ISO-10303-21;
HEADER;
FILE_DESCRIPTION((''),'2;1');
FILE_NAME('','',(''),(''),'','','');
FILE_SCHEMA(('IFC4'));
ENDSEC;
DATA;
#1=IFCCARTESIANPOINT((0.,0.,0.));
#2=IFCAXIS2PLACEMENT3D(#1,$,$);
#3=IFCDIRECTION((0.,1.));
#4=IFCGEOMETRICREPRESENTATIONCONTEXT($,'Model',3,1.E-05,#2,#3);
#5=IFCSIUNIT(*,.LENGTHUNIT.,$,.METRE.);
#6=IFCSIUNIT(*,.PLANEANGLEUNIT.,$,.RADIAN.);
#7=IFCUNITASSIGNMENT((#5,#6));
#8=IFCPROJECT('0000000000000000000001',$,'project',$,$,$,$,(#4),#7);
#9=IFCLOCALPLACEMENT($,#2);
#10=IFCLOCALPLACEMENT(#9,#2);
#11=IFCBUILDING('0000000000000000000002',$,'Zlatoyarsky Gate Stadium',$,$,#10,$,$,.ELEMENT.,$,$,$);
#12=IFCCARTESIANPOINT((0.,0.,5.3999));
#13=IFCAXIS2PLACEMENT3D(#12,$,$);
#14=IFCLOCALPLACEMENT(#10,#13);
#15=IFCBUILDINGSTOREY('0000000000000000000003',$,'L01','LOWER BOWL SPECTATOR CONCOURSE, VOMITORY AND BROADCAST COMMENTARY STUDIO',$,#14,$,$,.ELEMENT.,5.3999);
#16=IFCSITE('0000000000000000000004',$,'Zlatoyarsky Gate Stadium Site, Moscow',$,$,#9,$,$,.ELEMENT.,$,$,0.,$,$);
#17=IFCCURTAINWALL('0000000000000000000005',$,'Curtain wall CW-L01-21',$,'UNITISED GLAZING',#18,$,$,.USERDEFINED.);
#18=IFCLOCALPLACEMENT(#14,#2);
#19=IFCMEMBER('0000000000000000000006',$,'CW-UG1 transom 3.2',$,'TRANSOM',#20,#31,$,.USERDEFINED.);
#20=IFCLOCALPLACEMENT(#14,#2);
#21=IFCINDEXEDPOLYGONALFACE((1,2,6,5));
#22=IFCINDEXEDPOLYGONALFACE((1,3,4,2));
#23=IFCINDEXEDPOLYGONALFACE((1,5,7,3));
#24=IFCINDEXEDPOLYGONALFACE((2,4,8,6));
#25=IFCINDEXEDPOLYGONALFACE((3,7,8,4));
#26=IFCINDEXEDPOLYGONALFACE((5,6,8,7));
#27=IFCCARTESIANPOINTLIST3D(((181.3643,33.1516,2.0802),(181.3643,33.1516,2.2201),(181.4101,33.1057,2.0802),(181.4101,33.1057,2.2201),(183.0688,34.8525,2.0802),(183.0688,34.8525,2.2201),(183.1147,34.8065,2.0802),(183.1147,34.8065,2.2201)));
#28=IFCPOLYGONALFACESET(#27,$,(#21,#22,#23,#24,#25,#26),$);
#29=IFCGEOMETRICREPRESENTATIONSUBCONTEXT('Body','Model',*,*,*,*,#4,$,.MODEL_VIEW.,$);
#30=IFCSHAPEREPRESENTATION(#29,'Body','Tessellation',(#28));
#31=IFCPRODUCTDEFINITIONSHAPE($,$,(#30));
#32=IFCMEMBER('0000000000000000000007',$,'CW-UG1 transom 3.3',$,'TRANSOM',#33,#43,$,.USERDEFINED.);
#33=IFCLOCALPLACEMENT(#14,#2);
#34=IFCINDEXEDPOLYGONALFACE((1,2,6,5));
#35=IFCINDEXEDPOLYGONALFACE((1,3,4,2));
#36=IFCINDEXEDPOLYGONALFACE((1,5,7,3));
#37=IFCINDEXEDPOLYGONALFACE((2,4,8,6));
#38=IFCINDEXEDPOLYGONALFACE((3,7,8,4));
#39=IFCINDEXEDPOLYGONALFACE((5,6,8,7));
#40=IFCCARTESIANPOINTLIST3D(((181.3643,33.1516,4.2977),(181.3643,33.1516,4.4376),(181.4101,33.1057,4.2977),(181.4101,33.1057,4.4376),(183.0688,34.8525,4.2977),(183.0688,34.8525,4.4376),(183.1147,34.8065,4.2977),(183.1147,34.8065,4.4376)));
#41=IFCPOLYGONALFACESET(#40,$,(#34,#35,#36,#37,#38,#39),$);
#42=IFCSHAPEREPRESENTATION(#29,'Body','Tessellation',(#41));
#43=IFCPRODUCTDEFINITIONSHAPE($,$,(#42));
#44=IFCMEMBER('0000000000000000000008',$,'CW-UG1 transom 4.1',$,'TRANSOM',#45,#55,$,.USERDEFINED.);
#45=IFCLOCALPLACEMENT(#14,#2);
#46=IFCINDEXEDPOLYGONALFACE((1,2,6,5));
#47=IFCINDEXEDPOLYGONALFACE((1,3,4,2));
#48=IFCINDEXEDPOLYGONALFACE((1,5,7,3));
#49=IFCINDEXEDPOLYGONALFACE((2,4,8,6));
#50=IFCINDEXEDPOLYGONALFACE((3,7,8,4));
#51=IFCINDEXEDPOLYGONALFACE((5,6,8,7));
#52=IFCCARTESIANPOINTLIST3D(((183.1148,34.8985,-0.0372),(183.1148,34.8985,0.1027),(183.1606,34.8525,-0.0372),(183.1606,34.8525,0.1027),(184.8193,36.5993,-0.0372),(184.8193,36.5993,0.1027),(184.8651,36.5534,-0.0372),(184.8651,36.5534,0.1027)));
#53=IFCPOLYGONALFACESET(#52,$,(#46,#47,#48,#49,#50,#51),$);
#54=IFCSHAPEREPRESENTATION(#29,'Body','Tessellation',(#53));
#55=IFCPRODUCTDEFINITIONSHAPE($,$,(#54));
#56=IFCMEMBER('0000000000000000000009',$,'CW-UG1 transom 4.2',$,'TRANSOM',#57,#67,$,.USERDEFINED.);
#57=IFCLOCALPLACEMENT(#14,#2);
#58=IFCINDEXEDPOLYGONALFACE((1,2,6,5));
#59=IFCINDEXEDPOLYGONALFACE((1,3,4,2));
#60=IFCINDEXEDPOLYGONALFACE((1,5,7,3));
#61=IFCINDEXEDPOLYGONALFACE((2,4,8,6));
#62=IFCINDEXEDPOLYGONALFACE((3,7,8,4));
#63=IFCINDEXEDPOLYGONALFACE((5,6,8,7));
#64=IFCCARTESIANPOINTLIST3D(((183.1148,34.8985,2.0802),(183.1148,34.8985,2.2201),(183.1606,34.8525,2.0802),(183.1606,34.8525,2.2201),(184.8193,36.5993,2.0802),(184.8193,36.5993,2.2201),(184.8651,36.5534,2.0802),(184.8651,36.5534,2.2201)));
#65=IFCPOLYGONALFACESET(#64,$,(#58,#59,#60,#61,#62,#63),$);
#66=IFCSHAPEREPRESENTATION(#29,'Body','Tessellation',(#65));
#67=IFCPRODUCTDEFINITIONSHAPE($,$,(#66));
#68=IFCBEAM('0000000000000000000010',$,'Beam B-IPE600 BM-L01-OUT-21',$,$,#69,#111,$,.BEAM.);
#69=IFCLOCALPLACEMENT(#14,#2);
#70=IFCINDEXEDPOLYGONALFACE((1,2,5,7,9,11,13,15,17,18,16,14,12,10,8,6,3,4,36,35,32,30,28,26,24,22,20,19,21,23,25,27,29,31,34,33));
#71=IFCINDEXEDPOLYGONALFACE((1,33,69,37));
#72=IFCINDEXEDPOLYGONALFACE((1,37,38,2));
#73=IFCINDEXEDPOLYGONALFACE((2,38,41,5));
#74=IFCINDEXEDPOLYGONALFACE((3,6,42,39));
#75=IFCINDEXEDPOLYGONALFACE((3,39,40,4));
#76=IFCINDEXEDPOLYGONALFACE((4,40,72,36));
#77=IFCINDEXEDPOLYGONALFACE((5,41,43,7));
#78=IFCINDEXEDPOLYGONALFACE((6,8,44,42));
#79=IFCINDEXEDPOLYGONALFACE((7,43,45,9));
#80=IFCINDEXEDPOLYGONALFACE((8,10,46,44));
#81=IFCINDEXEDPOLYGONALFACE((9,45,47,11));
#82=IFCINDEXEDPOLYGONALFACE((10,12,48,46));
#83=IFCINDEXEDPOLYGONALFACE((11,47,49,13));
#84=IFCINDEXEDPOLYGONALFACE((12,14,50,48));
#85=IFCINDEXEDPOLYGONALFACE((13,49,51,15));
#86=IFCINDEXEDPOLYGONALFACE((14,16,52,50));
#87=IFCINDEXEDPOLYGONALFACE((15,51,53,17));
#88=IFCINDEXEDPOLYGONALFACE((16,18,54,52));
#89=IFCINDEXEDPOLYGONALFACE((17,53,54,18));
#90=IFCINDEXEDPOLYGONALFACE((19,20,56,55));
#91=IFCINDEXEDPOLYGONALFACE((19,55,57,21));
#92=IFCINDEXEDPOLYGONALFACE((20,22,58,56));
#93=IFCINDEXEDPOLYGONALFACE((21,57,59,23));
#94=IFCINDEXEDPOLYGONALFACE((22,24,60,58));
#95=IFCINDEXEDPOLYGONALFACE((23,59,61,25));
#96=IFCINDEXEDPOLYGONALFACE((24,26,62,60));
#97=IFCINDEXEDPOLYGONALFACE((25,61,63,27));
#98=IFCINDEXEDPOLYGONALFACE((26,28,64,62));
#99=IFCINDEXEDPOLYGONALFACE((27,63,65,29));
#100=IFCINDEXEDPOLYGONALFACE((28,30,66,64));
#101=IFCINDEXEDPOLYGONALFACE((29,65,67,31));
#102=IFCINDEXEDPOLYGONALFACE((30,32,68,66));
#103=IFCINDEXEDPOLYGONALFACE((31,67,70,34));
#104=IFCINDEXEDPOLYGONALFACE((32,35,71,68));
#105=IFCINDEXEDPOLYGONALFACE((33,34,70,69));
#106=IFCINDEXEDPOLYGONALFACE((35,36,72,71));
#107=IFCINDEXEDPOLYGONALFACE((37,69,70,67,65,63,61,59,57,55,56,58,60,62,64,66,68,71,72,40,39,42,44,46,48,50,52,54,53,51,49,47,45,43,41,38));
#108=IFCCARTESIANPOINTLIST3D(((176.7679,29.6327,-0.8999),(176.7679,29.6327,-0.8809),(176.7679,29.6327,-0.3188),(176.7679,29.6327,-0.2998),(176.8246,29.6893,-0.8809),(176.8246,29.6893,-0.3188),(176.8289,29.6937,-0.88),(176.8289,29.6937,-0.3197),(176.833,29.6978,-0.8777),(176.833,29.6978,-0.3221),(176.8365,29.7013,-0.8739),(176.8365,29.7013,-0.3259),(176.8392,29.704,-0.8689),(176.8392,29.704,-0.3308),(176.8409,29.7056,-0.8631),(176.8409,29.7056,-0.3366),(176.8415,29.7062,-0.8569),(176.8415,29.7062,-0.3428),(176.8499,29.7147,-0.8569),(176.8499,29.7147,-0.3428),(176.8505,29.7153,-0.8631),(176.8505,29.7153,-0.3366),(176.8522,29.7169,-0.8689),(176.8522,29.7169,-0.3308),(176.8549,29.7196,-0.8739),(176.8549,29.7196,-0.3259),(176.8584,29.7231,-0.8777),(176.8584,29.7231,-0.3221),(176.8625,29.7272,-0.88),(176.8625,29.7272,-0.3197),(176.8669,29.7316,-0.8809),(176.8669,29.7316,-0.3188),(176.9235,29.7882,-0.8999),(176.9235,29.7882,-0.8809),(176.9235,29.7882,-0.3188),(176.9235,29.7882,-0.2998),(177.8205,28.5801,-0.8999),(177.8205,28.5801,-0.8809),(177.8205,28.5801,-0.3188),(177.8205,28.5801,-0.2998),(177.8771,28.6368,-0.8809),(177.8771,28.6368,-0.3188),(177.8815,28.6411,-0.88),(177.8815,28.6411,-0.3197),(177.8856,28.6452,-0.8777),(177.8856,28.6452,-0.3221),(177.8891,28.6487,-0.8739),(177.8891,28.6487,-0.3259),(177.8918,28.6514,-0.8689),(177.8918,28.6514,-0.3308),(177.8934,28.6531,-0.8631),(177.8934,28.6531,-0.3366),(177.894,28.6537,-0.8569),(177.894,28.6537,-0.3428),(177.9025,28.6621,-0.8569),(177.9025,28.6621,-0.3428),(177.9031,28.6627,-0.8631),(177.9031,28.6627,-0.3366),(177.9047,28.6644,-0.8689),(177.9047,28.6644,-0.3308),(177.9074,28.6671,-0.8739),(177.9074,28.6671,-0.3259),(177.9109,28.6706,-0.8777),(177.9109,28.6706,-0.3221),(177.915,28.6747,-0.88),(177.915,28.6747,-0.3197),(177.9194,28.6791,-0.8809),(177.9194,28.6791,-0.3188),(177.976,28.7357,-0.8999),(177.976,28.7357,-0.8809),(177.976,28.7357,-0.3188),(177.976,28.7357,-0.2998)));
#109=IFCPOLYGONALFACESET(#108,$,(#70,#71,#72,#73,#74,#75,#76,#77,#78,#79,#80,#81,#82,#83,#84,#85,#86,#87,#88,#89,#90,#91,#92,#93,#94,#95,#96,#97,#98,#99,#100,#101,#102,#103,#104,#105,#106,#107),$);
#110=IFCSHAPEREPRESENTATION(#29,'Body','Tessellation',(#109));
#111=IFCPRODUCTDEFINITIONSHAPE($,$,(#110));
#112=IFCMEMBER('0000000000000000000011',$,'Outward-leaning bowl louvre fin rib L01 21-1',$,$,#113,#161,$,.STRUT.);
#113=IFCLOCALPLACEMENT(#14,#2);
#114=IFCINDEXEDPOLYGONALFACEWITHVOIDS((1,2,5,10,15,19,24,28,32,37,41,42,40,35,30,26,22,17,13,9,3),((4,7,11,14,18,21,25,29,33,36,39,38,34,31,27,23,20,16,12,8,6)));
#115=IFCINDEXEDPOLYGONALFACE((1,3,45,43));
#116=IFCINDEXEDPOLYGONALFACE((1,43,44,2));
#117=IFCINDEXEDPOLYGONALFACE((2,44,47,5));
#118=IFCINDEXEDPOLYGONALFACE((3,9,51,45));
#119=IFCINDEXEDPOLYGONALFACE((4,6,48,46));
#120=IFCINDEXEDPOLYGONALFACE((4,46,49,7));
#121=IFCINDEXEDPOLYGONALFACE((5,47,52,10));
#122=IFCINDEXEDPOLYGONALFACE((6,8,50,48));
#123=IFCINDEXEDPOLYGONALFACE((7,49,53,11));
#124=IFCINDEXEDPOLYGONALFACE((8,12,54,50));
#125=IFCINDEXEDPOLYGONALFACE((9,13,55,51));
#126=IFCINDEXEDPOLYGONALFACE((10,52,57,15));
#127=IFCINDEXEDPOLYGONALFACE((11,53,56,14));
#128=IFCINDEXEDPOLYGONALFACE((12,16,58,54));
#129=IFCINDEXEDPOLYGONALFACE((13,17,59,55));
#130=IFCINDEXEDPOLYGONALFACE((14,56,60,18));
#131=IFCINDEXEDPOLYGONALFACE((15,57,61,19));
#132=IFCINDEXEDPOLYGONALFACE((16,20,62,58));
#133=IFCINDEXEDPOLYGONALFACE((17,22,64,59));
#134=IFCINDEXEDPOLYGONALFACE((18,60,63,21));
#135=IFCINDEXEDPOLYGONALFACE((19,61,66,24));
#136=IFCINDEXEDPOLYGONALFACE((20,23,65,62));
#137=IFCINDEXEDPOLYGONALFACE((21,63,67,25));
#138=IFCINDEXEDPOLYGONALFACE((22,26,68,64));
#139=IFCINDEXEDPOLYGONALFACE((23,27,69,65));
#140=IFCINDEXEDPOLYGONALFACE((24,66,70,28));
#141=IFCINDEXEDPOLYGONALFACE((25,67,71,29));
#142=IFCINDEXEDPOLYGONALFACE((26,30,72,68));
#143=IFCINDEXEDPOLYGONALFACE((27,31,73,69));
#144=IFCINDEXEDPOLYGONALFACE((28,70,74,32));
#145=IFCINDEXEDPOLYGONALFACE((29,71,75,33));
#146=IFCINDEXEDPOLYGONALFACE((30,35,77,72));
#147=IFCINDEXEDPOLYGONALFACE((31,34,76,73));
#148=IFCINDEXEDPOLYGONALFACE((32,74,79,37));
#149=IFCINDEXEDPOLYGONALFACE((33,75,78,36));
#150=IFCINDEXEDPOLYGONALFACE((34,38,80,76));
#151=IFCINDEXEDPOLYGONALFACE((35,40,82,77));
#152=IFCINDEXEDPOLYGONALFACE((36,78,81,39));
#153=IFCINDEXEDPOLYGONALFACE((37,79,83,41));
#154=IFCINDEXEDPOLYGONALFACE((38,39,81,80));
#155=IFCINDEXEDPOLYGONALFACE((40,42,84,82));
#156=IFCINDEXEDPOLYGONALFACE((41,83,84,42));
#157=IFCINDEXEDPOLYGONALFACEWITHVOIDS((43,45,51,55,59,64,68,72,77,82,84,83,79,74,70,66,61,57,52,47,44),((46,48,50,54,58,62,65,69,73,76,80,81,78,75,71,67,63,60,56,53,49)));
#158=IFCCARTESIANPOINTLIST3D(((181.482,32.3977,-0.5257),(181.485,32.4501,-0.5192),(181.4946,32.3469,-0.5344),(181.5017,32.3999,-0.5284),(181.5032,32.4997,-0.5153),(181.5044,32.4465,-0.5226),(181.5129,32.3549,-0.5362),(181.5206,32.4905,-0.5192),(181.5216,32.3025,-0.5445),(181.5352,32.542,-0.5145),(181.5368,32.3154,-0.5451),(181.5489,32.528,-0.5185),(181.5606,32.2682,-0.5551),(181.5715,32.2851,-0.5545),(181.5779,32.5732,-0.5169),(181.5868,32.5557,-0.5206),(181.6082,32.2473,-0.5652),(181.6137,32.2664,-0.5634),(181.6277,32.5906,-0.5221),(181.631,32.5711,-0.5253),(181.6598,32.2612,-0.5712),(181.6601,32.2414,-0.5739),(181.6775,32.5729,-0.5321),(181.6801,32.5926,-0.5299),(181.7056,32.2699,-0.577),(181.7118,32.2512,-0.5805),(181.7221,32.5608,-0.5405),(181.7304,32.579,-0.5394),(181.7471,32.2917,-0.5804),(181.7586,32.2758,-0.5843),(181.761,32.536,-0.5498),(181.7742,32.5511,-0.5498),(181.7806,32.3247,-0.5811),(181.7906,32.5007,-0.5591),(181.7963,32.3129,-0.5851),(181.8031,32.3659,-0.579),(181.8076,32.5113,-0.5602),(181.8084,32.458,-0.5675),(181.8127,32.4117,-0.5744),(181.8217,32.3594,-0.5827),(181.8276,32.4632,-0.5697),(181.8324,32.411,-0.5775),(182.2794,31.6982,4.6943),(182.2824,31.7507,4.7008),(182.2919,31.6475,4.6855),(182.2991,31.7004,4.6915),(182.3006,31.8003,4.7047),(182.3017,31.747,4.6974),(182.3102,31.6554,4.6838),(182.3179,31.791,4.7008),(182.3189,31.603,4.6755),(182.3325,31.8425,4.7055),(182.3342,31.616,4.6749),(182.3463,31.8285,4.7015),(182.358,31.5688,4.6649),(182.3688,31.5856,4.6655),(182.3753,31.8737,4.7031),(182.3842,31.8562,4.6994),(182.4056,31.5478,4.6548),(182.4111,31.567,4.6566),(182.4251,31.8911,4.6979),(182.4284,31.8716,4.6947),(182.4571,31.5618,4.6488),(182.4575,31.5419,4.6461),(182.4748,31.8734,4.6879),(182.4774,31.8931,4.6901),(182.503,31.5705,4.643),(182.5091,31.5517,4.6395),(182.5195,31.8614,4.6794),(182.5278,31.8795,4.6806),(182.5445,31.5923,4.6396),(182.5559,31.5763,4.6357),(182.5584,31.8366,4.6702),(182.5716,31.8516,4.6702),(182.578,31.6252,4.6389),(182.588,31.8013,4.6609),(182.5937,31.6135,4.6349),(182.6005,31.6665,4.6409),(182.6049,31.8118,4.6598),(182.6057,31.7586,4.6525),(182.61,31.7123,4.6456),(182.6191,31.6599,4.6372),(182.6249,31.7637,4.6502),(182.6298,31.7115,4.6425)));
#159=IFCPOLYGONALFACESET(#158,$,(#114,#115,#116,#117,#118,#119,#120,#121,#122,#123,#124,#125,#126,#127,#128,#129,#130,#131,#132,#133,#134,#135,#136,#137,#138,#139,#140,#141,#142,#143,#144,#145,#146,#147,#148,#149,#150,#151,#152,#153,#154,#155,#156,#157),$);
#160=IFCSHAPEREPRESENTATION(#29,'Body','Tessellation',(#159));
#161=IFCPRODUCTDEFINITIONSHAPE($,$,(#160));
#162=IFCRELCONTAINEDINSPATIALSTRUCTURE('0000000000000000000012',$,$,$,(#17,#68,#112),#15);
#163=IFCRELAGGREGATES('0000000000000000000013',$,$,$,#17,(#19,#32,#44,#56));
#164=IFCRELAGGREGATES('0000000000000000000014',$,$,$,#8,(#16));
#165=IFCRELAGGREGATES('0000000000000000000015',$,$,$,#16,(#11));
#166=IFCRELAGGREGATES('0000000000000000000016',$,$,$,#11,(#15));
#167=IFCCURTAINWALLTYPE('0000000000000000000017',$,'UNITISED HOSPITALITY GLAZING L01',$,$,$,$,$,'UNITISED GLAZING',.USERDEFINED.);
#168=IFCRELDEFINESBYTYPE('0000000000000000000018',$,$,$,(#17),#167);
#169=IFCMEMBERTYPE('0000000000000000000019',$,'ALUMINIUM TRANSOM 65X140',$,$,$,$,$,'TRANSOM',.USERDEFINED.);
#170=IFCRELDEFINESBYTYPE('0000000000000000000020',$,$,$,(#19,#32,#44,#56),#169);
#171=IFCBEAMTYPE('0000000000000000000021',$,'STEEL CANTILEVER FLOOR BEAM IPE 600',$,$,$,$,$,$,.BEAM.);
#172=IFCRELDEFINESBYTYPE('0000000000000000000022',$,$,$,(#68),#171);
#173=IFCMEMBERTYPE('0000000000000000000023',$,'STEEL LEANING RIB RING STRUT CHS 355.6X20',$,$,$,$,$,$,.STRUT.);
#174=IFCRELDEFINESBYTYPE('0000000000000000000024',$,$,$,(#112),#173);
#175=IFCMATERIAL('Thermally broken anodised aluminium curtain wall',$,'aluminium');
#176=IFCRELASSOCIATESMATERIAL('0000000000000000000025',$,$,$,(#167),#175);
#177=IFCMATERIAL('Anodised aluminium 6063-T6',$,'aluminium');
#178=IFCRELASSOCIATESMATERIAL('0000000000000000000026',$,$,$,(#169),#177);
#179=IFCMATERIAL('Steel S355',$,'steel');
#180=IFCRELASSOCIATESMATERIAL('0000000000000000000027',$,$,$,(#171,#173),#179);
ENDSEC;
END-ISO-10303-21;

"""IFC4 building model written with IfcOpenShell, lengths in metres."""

from ifc_helpers import new_model, si_unit, direction, frame, origin, origin_2d, place, context, subcontext, project, spatial, rectangle, hollow_circle, i_section, extrude, material, material_profile, profile_set, type_object, element, aggregate, save


model = new_model("IFC4")

# Units and contexts
model_context = context("Model", 3, precision=1e-05, world=origin(), true_north=direction((0.0, 1.0)))
body_context = subcontext(model_context, "Body", "Model", "MODEL_VIEW")
ifc_project = project(units=[si_unit("LENGTHUNIT", "METRE"), si_unit("PLANEANGLEUNIT", "RADIAN")], contexts=[model_context])

# Site, building, storey
site_placement = place(None, origin())
site = spatial("IfcSite", under=ifc_project, at=site_placement, Name="Zlatoyarsky Gate Stadium Site, Moscow", CompositionType="ELEMENT", RefElevation=0.0)
building_placement = place(site_placement, origin())
building = spatial("IfcBuilding", under=site, at=building_placement, Name="Zlatoyarsky Gate Stadium", CompositionType="ELEMENT")
storey_placement = place(building_placement, frame((0.0, 0.0, 5.3999)))
storey = spatial("IfcBuildingStorey", under=building, at=storey_placement, Name="L01", Description="LOWER BOWL SPECTATOR CONCOURSE, VOMITORY AND BROADCAST COMMENTARY STUDIO", CompositionType="ELEMENT", Elevation=5.3999)

# Shared definitions
ifc_material_1 = material(Name="Steel S355", Category="steel")

# Curtain wall, members
ifc_material_2 = material(Name="Thermally broken anodised aluminium curtain wall", Category="aluminium")
curtain_wall_type = type_object("IfcCurtainWallType", Name="UNITISED HOSPITALITY GLAZING L01", ElementType="UNITISED GLAZING", PredefinedType="USERDEFINED", material=ifc_material_2)
curtain_wall_placement = place(storey_placement, origin())
curtain_wall = element("IfcCurtainWall", 1, at=curtain_wall_placement, inside=storey, type_object=curtain_wall_type, Name="Curtain wall CW-L01-21", ObjectType="UNITISED GLAZING", PredefinedType="USERDEFINED")
ifc_material_3 = material(Name="Anodised aluminium 6063-T6", Category="aluminium")
ifc_material_profile_1 = material_profile(ifc_material_3, rectangle(XDim=0.0649, YDim=0.1399, at=origin_2d()), Name="ALU 65X140")
ifc_profile_set_1 = profile_set([ifc_material_profile_1], Name="Anodised aluminium 6063-T6")
member_type_1 = type_object("IfcMemberType", Name="ALUMINIUM TRANSOM 65X140", ElementType="TRANSOM", PredefinedType="USERDEFINED", material=ifc_profile_set_1)
member_1_placement = place(storey_placement, frame((181.3872, 33.1287, 2.1501), z_axis=(0.707867, 0.706346, 0.0), x_axis=(-0.706346, 0.707867, 0.0)))
member_1 = element("IfcMember", 2, at=member_1_placement, type_object=member_type_1, Name="CW-UG1 transom 3.2", ObjectType="TRANSOM", PredefinedType="USERDEFINED", context=body_context, shape_type="SweptSolid", body=[
    extrude(rectangle(XDim=0.0649, YDim=0.1399, at=origin_2d()), origin(), (0.0, 0.0, 1.0), 2.408),
])
member_2_placement = place(storey_placement, frame((181.3872, 33.1287, 4.3677), z_axis=(0.707867, 0.706346, 0.0), x_axis=(-0.706346, 0.707867, 0.0)))
member_2 = element("IfcMember", 3, at=member_2_placement, type_object=member_type_1, Name="CW-UG1 transom 3.3", ObjectType="TRANSOM", PredefinedType="USERDEFINED", context=body_context, shape_type="SweptSolid", body=[
    extrude(rectangle(XDim=0.0649, YDim=0.1399, at=origin_2d()), origin(), (0.0, 0.0, 1.0), 2.408),
])
member_3_placement = place(storey_placement, frame((183.1377, 34.8755, 0.0327), z_axis=(0.707867, 0.706346, 0.0), x_axis=(-0.706346, 0.707867, 0.0)))
member_3 = element("IfcMember", 4, at=member_3_placement, type_object=member_type_1, Name="CW-UG1 transom 4.1", ObjectType="TRANSOM", PredefinedType="USERDEFINED", context=body_context, shape_type="SweptSolid", body=[
    extrude(rectangle(XDim=0.0649, YDim=0.1399, at=origin_2d()), origin(), (0.0, 0.0, 1.0), 2.408),
])
member_4_placement = place(storey_placement, frame((183.1377, 34.8755, 2.1501), z_axis=(0.707867, 0.706346, 0.0), x_axis=(-0.706346, 0.707867, 0.0)))
member_4 = element("IfcMember", 5, at=member_4_placement, type_object=member_type_1, Name="CW-UG1 transom 4.2", ObjectType="TRANSOM", PredefinedType="USERDEFINED", context=body_context, shape_type="SweptSolid", body=[
    extrude(rectangle(XDim=0.0649, YDim=0.1399, at=origin_2d()), origin(), (0.0, 0.0, 1.0), 2.408),
])

# Beam
ifc_material_profile_2 = material_profile(ifc_material_1, i_section(OverallWidth=0.22, OverallDepth=0.6001, WebThickness=0.012, FlangeThickness=0.019, FilletRadius=0.0239, at=origin_2d()), Name="IPE 600")
ifc_profile_set_2 = profile_set([ifc_material_profile_2], Name="Steel S355")
beam_type_1 = type_object("IfcBeamType", Name="STEEL CANTILEVER FLOOR BEAM IPE 600", PredefinedType="BEAM", material=ifc_profile_set_2)
beam_1_placement = place(storey_placement, frame((176.8457, 29.7104, -0.5999), z_axis=(0.707107, -0.707107, 0.0), x_axis=(0.707107, 0.707107, 0.0)))
element("IfcBeam", 6, at=beam_1_placement, inside=storey, type_object=beam_type_1, Name="Beam B-IPE600 BM-L01-OUT-21", PredefinedType="BEAM", context=body_context, shape_type="SweptSolid", body=[
    extrude(i_section(OverallWidth=0.22, OverallDepth=0.6001, WebThickness=0.012, FlangeThickness=0.019, FilletRadius=0.0239, at=origin_2d()), origin(), (0.0, 0.0, 1.0), 1.4885),
])

# Member
ifc_material_profile_3 = material_profile(ifc_material_1, hollow_circle(Radius=0.1777, WallThickness=0.02, at=origin_2d()), Name="CHS 355.6X20")
ifc_profile_set_3 = profile_set([ifc_material_profile_3], Name="Steel S355")
member_type_2 = type_object("IfcMemberType", Name="STEEL LEANING RIB RING STRUT CHS 355.6X20", PredefinedType="STRUT", material=ifc_profile_set_3)
member_5_placement = place(storey_placement, frame((181.657, 32.4175, -0.5498), z_axis=(0.149693, -0.131314, 0.979974), x_axis=(0.659449, 0.751749, 0.0)))
element("IfcMember", 7, at=member_5_placement, inside=storey, type_object=member_type_2, Name="Outward-leaning bowl louvre fin rib L01 21-1", PredefinedType="STRUT", context=body_context, shape_type="SweptSolid", body=[
    extrude(hollow_circle(Radius=0.1777, WallThickness=0.02, at=origin_2d()), origin(), (0.0, 0.0, 1.0), 5.3267),
])

aggregate(curtain_wall, [member_1, member_2, member_3, member_4])

save(model, "model.ifc")
